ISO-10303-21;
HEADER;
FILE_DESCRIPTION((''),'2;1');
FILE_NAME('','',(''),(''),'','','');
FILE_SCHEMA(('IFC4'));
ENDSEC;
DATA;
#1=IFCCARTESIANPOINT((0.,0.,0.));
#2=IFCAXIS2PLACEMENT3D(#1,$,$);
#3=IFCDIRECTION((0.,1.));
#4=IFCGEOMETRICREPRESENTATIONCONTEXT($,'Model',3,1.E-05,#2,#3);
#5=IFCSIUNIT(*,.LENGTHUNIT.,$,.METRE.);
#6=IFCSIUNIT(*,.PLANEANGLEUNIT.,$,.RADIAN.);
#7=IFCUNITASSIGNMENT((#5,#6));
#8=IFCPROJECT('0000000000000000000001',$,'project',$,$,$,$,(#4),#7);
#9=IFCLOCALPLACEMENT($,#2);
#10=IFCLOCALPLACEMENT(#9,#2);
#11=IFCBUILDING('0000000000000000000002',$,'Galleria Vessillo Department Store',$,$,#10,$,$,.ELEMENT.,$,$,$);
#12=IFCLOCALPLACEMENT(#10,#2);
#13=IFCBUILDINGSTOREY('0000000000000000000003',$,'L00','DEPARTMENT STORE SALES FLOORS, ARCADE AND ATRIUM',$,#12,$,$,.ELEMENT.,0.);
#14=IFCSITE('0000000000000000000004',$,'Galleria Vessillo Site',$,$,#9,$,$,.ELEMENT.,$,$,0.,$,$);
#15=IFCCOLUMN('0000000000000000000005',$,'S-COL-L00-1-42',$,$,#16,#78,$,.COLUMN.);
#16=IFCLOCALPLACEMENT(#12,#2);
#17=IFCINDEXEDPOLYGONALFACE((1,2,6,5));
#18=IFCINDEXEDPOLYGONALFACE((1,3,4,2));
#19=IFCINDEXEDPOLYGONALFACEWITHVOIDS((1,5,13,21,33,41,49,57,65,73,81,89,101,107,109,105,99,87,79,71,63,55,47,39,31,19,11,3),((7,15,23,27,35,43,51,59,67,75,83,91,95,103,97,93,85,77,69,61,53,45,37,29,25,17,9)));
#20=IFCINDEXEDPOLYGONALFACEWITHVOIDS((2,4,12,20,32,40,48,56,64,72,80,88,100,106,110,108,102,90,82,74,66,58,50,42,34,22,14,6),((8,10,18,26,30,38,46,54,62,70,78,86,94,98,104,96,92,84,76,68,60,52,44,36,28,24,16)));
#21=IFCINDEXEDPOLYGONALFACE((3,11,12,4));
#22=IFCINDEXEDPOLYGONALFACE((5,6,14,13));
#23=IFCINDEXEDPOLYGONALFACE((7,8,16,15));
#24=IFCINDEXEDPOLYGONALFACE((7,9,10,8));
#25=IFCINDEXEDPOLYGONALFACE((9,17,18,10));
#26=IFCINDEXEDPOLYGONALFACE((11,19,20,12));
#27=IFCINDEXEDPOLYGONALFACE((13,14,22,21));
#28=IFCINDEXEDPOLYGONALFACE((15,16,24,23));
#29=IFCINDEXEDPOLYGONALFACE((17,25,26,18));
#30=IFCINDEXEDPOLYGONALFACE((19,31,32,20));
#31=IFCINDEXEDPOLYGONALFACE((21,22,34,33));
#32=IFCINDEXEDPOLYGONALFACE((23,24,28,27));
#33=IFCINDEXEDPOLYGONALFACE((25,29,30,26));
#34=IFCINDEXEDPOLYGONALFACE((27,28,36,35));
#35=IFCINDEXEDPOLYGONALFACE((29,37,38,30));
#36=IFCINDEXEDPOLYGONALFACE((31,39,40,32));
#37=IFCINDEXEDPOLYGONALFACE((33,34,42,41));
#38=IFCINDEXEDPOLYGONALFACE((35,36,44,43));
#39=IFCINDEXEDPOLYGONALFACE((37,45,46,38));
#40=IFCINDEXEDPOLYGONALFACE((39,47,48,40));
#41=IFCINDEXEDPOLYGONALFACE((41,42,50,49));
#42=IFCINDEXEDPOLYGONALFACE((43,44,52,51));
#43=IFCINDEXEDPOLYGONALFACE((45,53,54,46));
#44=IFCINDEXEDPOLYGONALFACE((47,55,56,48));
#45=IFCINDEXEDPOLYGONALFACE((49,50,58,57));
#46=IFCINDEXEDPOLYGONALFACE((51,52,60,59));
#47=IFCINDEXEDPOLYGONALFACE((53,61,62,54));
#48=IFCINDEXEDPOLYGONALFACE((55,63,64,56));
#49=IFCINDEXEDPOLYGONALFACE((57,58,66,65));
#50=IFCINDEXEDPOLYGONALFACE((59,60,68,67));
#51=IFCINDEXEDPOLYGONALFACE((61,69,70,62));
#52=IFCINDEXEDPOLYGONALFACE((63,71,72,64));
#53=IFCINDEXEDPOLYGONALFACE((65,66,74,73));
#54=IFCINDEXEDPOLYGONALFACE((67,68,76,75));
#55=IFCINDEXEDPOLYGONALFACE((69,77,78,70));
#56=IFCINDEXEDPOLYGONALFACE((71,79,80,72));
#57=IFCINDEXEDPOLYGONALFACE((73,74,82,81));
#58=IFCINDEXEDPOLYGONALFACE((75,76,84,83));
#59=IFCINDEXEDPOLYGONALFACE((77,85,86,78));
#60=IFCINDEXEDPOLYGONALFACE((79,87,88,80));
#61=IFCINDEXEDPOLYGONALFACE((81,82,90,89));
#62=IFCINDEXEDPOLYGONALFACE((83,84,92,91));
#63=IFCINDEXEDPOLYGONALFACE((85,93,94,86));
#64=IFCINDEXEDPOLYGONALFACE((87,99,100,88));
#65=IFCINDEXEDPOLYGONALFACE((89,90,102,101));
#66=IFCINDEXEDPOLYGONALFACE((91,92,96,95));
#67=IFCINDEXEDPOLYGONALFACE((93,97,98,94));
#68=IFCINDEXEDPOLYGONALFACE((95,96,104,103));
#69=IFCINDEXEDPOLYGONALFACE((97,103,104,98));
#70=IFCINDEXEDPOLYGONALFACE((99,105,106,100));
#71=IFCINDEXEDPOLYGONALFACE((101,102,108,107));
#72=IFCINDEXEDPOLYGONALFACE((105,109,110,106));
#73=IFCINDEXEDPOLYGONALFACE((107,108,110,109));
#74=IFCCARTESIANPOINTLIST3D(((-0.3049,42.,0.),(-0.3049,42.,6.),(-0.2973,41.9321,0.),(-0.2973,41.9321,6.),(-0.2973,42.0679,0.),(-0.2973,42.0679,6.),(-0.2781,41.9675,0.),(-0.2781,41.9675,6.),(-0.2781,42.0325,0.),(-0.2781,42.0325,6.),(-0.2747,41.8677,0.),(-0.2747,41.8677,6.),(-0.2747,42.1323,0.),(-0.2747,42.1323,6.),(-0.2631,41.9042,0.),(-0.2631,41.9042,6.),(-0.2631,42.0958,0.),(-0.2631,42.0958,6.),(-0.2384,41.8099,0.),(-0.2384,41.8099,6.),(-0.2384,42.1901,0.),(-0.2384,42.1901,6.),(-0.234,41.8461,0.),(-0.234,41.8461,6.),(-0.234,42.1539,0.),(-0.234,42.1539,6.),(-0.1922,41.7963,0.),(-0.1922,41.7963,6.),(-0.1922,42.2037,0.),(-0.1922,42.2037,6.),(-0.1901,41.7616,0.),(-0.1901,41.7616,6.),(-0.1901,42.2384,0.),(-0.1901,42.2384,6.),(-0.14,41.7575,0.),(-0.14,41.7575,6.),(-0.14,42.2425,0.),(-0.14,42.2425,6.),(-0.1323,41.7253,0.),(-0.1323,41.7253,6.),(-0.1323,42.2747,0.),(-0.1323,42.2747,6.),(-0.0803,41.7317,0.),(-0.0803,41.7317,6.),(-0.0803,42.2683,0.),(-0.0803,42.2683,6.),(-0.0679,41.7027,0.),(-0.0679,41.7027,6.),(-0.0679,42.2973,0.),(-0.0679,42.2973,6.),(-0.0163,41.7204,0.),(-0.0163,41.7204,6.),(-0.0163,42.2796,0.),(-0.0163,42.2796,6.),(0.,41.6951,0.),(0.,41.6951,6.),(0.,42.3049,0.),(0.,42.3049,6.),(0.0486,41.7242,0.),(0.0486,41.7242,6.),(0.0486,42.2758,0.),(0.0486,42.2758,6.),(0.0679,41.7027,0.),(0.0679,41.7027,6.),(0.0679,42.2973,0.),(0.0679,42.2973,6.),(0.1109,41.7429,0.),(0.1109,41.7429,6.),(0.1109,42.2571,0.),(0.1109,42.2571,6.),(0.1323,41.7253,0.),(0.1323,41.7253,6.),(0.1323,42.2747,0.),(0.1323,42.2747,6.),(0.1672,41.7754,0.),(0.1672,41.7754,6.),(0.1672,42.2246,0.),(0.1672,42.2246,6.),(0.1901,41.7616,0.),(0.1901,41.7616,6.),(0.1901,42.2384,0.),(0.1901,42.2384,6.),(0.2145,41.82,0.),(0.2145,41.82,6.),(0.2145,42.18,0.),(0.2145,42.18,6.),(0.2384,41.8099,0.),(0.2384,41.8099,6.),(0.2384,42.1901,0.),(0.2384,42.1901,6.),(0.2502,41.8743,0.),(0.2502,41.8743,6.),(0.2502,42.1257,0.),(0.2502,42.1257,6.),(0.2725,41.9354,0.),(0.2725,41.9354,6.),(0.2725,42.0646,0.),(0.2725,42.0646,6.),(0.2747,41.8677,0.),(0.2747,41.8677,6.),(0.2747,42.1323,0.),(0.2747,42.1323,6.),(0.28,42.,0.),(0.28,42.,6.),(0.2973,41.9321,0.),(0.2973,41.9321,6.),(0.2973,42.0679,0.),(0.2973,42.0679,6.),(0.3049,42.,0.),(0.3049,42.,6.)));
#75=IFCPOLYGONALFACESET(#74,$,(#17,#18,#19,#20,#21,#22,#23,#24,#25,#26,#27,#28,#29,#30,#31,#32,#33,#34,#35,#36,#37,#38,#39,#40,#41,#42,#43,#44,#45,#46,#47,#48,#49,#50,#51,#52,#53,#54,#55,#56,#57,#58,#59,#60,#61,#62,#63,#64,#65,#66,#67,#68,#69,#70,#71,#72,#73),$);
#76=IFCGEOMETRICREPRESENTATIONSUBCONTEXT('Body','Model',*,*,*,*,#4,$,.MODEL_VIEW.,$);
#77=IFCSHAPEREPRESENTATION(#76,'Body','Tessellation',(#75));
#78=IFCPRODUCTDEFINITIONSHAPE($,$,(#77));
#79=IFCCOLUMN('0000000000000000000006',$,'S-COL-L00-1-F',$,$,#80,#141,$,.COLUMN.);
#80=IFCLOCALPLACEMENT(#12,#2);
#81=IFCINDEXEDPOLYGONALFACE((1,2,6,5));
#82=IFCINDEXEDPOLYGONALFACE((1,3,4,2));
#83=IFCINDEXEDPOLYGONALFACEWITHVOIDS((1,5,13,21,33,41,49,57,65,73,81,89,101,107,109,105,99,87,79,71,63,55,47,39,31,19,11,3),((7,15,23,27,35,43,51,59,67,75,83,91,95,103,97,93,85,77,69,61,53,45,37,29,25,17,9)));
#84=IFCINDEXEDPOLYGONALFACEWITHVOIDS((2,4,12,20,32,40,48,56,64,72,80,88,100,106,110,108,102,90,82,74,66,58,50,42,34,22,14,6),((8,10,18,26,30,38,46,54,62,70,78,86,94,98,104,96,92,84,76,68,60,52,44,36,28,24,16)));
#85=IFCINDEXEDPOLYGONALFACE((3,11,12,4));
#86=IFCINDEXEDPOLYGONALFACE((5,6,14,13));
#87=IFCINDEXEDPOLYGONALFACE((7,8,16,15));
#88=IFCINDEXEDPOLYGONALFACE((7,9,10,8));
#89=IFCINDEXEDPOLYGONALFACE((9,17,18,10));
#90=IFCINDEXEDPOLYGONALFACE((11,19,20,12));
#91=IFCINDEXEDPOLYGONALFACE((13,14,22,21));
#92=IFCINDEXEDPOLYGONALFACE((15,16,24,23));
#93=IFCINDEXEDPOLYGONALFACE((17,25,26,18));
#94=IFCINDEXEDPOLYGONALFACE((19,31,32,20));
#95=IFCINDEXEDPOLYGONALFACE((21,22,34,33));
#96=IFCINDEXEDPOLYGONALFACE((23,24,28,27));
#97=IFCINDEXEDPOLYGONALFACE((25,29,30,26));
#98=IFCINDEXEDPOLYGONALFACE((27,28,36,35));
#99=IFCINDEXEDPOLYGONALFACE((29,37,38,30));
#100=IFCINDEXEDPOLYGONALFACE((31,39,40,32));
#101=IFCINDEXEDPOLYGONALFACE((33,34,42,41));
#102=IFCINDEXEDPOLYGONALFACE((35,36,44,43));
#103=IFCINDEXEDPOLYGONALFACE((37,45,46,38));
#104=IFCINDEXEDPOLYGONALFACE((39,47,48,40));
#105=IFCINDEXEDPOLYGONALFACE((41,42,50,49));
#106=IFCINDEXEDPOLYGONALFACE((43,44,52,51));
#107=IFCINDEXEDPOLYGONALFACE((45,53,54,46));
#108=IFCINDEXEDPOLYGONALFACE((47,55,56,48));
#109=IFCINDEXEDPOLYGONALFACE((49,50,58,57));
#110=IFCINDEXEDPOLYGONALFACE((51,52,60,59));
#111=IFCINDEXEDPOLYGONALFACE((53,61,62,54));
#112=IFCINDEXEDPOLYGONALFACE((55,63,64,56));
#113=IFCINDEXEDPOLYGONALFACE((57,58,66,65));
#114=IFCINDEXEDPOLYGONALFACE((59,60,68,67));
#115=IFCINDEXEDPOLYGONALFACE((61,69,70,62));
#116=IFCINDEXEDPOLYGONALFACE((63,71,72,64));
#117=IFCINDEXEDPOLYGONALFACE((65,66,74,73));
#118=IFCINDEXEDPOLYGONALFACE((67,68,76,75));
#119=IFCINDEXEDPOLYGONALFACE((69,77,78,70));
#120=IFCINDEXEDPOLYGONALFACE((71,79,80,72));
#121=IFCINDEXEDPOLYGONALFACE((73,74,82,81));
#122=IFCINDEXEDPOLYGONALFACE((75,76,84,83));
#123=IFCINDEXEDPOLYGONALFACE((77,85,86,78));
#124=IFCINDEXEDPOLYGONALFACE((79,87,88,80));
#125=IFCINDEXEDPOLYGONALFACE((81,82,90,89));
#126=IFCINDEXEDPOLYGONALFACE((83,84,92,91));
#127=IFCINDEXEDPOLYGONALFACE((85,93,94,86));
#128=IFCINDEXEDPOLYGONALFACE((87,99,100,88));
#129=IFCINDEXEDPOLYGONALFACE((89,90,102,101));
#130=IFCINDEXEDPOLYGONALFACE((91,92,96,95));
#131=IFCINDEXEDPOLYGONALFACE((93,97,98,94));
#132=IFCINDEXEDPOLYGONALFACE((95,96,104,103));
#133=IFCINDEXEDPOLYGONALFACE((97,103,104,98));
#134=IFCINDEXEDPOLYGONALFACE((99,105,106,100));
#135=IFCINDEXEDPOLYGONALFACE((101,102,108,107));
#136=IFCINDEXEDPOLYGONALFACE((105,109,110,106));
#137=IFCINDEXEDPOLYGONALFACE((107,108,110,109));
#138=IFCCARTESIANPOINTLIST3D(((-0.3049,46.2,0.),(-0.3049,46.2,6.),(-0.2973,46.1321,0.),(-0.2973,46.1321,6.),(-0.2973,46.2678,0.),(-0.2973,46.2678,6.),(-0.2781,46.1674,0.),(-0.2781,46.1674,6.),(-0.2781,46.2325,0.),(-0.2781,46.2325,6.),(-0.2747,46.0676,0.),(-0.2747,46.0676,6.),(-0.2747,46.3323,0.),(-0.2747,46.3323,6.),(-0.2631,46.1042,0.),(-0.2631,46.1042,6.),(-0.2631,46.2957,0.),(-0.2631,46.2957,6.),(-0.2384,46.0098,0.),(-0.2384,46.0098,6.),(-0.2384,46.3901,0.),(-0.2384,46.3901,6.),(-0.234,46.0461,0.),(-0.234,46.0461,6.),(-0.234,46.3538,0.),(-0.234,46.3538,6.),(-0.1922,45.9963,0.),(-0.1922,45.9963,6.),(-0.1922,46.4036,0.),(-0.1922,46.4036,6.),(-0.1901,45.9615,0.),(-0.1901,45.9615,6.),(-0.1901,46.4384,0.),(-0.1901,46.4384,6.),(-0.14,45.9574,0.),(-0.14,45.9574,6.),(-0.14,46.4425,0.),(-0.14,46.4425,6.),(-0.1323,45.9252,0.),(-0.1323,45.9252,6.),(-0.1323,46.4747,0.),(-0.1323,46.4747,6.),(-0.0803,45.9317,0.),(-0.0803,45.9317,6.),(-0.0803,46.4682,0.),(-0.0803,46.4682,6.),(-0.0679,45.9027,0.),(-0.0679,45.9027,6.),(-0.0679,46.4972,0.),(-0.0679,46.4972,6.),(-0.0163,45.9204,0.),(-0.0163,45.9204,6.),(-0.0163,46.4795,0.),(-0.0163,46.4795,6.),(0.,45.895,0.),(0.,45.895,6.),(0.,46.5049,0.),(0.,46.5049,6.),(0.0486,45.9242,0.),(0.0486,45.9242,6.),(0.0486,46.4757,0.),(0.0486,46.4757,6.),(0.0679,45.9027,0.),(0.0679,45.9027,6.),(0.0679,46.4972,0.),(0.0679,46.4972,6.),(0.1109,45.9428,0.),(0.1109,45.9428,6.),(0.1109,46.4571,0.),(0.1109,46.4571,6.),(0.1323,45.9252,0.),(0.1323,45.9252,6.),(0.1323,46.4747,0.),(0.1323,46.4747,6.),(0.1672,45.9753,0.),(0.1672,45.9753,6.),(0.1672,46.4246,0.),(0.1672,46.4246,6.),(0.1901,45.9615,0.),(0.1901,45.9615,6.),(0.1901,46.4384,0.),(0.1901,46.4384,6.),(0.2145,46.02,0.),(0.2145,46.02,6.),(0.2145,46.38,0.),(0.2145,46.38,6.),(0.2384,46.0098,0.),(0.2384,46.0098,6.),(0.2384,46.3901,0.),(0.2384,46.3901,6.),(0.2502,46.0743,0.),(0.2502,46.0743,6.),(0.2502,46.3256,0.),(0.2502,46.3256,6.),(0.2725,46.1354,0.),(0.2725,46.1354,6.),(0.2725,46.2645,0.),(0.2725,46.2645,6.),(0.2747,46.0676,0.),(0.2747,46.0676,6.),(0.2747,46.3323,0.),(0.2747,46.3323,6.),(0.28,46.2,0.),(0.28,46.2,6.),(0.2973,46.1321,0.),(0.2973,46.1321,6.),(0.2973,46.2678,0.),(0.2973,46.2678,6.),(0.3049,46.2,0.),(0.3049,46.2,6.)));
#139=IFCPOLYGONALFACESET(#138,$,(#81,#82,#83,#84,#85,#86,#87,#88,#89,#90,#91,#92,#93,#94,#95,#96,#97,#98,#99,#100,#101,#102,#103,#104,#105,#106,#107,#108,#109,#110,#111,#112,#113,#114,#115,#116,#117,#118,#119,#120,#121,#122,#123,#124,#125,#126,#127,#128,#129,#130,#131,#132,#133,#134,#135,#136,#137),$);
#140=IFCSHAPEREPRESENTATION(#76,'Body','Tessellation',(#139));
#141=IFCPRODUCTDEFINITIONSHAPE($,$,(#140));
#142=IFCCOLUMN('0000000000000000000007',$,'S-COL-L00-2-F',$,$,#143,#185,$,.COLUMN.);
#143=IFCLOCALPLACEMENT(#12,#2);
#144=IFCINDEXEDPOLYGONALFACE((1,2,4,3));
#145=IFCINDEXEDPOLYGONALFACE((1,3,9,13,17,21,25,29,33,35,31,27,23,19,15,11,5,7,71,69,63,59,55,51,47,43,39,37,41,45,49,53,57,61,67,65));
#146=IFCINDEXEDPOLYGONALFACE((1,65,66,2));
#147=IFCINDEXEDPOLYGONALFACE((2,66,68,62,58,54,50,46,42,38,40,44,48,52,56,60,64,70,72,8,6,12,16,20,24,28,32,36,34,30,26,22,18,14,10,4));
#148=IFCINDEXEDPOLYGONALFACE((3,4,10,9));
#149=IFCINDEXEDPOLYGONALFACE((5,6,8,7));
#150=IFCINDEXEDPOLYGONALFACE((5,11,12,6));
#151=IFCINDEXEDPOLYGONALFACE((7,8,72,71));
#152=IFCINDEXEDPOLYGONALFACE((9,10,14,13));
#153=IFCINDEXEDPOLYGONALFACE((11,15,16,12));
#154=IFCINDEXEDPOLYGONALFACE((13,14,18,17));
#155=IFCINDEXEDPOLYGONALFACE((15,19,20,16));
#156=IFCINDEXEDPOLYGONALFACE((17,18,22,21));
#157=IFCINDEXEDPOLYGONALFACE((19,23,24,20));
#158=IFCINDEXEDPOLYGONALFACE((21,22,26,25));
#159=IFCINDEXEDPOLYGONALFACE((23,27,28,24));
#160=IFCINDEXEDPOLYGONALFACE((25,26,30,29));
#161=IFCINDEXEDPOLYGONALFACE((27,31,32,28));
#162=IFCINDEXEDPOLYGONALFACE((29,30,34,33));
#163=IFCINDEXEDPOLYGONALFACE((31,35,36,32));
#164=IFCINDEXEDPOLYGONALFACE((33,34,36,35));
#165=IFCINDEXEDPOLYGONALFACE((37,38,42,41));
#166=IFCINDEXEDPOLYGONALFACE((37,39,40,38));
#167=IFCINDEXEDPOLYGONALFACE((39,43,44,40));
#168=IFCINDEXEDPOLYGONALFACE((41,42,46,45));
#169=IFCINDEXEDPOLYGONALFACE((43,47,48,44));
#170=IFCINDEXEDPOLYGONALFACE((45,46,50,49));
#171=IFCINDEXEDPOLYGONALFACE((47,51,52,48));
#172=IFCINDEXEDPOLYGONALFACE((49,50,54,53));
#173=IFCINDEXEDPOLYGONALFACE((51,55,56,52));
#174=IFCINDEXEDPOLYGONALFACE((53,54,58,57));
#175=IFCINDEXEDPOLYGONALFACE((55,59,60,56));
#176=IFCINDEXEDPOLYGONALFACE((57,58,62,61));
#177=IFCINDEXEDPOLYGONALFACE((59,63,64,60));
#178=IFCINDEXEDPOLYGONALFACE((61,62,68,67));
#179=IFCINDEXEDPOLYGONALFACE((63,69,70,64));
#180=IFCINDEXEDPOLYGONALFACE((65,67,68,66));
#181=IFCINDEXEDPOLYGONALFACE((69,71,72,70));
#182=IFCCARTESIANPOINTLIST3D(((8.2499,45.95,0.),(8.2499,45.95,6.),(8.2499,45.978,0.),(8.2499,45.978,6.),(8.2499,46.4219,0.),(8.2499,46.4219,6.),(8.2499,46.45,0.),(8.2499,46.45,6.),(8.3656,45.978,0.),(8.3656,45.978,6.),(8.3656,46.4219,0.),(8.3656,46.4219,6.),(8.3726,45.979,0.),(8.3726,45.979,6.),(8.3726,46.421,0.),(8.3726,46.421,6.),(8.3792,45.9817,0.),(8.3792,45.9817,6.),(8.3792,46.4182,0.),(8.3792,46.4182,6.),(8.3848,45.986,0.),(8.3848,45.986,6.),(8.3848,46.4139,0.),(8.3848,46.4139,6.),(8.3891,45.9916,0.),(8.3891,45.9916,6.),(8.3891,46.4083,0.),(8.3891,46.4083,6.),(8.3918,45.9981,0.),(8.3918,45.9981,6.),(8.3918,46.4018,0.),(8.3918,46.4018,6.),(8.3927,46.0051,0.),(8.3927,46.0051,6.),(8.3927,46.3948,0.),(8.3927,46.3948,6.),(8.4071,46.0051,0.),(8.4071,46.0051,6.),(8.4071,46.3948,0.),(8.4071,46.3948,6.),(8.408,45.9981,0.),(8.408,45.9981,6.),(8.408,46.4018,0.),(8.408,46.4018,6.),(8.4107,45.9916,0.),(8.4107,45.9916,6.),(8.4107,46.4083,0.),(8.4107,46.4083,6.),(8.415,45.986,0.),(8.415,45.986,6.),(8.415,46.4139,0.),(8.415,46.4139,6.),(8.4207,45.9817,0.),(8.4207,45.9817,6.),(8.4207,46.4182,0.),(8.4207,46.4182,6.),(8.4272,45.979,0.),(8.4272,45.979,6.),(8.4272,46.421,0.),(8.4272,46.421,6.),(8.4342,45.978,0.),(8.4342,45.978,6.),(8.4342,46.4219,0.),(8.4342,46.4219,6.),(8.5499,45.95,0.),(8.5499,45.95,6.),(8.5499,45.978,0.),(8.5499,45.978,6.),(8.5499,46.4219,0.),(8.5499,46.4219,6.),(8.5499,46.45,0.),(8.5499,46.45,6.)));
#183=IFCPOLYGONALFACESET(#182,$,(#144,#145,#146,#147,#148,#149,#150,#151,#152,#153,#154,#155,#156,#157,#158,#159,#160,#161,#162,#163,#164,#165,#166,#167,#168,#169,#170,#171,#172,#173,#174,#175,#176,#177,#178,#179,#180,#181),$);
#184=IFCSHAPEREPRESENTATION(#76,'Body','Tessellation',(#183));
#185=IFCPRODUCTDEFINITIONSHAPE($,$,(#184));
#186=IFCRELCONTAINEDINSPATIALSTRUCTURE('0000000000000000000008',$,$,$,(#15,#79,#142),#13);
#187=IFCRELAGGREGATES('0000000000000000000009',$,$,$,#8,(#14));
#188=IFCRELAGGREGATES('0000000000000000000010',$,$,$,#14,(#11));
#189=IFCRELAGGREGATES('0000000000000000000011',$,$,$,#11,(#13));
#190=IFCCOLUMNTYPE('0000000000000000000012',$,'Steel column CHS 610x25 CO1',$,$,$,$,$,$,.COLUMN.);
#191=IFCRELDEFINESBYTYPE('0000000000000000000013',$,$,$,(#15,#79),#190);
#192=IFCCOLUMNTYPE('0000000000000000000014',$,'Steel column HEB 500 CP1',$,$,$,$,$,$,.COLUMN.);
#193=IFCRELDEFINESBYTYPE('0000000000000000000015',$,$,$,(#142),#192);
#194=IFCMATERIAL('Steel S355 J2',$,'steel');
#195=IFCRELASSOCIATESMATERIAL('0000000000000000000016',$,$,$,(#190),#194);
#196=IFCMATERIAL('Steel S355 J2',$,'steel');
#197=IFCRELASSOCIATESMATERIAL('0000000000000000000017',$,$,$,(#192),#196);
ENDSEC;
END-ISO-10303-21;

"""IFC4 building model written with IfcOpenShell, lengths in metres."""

from ifc_helpers import new_model, si_unit, direction, frame, origin, origin_2d, place, context, subcontext, project, spatial, hollow_circle, i_section, extrude, material, material_profile, profile_set, type_object, element, save


model = new_model("IFC4")

# Units and contexts
model_context = context("Model", 3, precision=1e-05, world=origin(), true_north=direction((0.0, 1.0)))
body_context = subcontext(model_context, "Body", "Model", "MODEL_VIEW")
ifc_project = project(units=[si_unit("LENGTHUNIT", "METRE"), si_unit("PLANEANGLEUNIT", "RADIAN")], contexts=[model_context])

# Site, building, storey
site_placement = place(None, origin())
site = spatial("IfcSite", under=ifc_project, at=site_placement, Name="Galleria Vessillo Site", CompositionType="ELEMENT", RefElevation=0.0)
building_placement = place(site_placement, origin())
building = spatial("IfcBuilding", under=site, at=building_placement, Name="Galleria Vessillo Department Store", CompositionType="ELEMENT")
storey_placement = place(building_placement, origin())
storey = spatial("IfcBuildingStorey", under=building, at=storey_placement, Name="L00", Description="DEPARTMENT STORE SALES FLOORS, ARCADE AND ATRIUM", CompositionType="ELEMENT", Elevation=0.0)

# Columns
ifc_material_1 = material(Name="Steel S355 J2", Category="steel")
ifc_material_profile_1 = material_profile(ifc_material_1, hollow_circle(Radius=0.3049, WallThickness=0.0249, at=origin_2d()), Name="CHS 610x25")
ifc_profile_set_1 = profile_set([ifc_material_profile_1], Name="Steel S355 J2")
column_type_1 = type_object("IfcColumnType", Name="Steel column CHS 610x25 CO1", PredefinedType="COLUMN", material=ifc_profile_set_1)
for number, where, z_axis, x_axis, name in (
    (1, (0.0, 42.0, 0.0), (0.0, 0.0, 1.0), (1.0, 0.0, 0.0), "S-COL-L00-1-42"),
    (2, (0.0, 46.2, 0.0), (0.0, 0.0, 1.0), (1.0, 0.0, 0.0), "S-COL-L00-1-F"),
):
    element("IfcColumn", number, at=place(storey_placement, frame(where, z_axis=z_axis, x_axis=x_axis)), inside=storey, type_object=column_type_1, Name=name, PredefinedType="COLUMN", context=body_context, shape_type="SweptSolid", body=[
        extrude(hollow_circle(Radius=0.3049, WallThickness=0.0249, at=origin_2d()), origin(), (0.0, 0.0, 1.0), 6.0),
    ])
ifc_material_2 = material(Name="Steel S355 J2", Category="steel")
ifc_material_profile_2 = material_profile(ifc_material_2, i_section(OverallWidth=0.3, OverallDepth=0.5, WebThickness=0.0144, FlangeThickness=0.0281, FilletRadius=0.0271, at=origin_2d()), Name="HEB 500")
ifc_profile_set_2 = profile_set([ifc_material_profile_2], Name="Steel S355 J2")
column_type_2 = type_object("IfcColumnType", Name="Steel column HEB 500 CP1", PredefinedType="COLUMN", material=ifc_profile_set_2)
column_placement = place(storey_placement, frame((8.3999, 46.2, 0.0), z_axis=(0.0, 0.0, 1.0), x_axis=(1.0, 0.0, 0.0)))
element("IfcColumn", 3, at=column_placement, inside=storey, type_object=column_type_2, Name="S-COL-L00-2-F", PredefinedType="COLUMN", context=body_context, shape_type="SweptSolid", body=[
    extrude(i_section(OverallWidth=0.3, OverallDepth=0.5, WebThickness=0.0144, FlangeThickness=0.0281, FilletRadius=0.0271, at=origin_2d()), origin(), (0.0, 0.0, 1.0), 6.0),
])

save(model, "model.ifc")
